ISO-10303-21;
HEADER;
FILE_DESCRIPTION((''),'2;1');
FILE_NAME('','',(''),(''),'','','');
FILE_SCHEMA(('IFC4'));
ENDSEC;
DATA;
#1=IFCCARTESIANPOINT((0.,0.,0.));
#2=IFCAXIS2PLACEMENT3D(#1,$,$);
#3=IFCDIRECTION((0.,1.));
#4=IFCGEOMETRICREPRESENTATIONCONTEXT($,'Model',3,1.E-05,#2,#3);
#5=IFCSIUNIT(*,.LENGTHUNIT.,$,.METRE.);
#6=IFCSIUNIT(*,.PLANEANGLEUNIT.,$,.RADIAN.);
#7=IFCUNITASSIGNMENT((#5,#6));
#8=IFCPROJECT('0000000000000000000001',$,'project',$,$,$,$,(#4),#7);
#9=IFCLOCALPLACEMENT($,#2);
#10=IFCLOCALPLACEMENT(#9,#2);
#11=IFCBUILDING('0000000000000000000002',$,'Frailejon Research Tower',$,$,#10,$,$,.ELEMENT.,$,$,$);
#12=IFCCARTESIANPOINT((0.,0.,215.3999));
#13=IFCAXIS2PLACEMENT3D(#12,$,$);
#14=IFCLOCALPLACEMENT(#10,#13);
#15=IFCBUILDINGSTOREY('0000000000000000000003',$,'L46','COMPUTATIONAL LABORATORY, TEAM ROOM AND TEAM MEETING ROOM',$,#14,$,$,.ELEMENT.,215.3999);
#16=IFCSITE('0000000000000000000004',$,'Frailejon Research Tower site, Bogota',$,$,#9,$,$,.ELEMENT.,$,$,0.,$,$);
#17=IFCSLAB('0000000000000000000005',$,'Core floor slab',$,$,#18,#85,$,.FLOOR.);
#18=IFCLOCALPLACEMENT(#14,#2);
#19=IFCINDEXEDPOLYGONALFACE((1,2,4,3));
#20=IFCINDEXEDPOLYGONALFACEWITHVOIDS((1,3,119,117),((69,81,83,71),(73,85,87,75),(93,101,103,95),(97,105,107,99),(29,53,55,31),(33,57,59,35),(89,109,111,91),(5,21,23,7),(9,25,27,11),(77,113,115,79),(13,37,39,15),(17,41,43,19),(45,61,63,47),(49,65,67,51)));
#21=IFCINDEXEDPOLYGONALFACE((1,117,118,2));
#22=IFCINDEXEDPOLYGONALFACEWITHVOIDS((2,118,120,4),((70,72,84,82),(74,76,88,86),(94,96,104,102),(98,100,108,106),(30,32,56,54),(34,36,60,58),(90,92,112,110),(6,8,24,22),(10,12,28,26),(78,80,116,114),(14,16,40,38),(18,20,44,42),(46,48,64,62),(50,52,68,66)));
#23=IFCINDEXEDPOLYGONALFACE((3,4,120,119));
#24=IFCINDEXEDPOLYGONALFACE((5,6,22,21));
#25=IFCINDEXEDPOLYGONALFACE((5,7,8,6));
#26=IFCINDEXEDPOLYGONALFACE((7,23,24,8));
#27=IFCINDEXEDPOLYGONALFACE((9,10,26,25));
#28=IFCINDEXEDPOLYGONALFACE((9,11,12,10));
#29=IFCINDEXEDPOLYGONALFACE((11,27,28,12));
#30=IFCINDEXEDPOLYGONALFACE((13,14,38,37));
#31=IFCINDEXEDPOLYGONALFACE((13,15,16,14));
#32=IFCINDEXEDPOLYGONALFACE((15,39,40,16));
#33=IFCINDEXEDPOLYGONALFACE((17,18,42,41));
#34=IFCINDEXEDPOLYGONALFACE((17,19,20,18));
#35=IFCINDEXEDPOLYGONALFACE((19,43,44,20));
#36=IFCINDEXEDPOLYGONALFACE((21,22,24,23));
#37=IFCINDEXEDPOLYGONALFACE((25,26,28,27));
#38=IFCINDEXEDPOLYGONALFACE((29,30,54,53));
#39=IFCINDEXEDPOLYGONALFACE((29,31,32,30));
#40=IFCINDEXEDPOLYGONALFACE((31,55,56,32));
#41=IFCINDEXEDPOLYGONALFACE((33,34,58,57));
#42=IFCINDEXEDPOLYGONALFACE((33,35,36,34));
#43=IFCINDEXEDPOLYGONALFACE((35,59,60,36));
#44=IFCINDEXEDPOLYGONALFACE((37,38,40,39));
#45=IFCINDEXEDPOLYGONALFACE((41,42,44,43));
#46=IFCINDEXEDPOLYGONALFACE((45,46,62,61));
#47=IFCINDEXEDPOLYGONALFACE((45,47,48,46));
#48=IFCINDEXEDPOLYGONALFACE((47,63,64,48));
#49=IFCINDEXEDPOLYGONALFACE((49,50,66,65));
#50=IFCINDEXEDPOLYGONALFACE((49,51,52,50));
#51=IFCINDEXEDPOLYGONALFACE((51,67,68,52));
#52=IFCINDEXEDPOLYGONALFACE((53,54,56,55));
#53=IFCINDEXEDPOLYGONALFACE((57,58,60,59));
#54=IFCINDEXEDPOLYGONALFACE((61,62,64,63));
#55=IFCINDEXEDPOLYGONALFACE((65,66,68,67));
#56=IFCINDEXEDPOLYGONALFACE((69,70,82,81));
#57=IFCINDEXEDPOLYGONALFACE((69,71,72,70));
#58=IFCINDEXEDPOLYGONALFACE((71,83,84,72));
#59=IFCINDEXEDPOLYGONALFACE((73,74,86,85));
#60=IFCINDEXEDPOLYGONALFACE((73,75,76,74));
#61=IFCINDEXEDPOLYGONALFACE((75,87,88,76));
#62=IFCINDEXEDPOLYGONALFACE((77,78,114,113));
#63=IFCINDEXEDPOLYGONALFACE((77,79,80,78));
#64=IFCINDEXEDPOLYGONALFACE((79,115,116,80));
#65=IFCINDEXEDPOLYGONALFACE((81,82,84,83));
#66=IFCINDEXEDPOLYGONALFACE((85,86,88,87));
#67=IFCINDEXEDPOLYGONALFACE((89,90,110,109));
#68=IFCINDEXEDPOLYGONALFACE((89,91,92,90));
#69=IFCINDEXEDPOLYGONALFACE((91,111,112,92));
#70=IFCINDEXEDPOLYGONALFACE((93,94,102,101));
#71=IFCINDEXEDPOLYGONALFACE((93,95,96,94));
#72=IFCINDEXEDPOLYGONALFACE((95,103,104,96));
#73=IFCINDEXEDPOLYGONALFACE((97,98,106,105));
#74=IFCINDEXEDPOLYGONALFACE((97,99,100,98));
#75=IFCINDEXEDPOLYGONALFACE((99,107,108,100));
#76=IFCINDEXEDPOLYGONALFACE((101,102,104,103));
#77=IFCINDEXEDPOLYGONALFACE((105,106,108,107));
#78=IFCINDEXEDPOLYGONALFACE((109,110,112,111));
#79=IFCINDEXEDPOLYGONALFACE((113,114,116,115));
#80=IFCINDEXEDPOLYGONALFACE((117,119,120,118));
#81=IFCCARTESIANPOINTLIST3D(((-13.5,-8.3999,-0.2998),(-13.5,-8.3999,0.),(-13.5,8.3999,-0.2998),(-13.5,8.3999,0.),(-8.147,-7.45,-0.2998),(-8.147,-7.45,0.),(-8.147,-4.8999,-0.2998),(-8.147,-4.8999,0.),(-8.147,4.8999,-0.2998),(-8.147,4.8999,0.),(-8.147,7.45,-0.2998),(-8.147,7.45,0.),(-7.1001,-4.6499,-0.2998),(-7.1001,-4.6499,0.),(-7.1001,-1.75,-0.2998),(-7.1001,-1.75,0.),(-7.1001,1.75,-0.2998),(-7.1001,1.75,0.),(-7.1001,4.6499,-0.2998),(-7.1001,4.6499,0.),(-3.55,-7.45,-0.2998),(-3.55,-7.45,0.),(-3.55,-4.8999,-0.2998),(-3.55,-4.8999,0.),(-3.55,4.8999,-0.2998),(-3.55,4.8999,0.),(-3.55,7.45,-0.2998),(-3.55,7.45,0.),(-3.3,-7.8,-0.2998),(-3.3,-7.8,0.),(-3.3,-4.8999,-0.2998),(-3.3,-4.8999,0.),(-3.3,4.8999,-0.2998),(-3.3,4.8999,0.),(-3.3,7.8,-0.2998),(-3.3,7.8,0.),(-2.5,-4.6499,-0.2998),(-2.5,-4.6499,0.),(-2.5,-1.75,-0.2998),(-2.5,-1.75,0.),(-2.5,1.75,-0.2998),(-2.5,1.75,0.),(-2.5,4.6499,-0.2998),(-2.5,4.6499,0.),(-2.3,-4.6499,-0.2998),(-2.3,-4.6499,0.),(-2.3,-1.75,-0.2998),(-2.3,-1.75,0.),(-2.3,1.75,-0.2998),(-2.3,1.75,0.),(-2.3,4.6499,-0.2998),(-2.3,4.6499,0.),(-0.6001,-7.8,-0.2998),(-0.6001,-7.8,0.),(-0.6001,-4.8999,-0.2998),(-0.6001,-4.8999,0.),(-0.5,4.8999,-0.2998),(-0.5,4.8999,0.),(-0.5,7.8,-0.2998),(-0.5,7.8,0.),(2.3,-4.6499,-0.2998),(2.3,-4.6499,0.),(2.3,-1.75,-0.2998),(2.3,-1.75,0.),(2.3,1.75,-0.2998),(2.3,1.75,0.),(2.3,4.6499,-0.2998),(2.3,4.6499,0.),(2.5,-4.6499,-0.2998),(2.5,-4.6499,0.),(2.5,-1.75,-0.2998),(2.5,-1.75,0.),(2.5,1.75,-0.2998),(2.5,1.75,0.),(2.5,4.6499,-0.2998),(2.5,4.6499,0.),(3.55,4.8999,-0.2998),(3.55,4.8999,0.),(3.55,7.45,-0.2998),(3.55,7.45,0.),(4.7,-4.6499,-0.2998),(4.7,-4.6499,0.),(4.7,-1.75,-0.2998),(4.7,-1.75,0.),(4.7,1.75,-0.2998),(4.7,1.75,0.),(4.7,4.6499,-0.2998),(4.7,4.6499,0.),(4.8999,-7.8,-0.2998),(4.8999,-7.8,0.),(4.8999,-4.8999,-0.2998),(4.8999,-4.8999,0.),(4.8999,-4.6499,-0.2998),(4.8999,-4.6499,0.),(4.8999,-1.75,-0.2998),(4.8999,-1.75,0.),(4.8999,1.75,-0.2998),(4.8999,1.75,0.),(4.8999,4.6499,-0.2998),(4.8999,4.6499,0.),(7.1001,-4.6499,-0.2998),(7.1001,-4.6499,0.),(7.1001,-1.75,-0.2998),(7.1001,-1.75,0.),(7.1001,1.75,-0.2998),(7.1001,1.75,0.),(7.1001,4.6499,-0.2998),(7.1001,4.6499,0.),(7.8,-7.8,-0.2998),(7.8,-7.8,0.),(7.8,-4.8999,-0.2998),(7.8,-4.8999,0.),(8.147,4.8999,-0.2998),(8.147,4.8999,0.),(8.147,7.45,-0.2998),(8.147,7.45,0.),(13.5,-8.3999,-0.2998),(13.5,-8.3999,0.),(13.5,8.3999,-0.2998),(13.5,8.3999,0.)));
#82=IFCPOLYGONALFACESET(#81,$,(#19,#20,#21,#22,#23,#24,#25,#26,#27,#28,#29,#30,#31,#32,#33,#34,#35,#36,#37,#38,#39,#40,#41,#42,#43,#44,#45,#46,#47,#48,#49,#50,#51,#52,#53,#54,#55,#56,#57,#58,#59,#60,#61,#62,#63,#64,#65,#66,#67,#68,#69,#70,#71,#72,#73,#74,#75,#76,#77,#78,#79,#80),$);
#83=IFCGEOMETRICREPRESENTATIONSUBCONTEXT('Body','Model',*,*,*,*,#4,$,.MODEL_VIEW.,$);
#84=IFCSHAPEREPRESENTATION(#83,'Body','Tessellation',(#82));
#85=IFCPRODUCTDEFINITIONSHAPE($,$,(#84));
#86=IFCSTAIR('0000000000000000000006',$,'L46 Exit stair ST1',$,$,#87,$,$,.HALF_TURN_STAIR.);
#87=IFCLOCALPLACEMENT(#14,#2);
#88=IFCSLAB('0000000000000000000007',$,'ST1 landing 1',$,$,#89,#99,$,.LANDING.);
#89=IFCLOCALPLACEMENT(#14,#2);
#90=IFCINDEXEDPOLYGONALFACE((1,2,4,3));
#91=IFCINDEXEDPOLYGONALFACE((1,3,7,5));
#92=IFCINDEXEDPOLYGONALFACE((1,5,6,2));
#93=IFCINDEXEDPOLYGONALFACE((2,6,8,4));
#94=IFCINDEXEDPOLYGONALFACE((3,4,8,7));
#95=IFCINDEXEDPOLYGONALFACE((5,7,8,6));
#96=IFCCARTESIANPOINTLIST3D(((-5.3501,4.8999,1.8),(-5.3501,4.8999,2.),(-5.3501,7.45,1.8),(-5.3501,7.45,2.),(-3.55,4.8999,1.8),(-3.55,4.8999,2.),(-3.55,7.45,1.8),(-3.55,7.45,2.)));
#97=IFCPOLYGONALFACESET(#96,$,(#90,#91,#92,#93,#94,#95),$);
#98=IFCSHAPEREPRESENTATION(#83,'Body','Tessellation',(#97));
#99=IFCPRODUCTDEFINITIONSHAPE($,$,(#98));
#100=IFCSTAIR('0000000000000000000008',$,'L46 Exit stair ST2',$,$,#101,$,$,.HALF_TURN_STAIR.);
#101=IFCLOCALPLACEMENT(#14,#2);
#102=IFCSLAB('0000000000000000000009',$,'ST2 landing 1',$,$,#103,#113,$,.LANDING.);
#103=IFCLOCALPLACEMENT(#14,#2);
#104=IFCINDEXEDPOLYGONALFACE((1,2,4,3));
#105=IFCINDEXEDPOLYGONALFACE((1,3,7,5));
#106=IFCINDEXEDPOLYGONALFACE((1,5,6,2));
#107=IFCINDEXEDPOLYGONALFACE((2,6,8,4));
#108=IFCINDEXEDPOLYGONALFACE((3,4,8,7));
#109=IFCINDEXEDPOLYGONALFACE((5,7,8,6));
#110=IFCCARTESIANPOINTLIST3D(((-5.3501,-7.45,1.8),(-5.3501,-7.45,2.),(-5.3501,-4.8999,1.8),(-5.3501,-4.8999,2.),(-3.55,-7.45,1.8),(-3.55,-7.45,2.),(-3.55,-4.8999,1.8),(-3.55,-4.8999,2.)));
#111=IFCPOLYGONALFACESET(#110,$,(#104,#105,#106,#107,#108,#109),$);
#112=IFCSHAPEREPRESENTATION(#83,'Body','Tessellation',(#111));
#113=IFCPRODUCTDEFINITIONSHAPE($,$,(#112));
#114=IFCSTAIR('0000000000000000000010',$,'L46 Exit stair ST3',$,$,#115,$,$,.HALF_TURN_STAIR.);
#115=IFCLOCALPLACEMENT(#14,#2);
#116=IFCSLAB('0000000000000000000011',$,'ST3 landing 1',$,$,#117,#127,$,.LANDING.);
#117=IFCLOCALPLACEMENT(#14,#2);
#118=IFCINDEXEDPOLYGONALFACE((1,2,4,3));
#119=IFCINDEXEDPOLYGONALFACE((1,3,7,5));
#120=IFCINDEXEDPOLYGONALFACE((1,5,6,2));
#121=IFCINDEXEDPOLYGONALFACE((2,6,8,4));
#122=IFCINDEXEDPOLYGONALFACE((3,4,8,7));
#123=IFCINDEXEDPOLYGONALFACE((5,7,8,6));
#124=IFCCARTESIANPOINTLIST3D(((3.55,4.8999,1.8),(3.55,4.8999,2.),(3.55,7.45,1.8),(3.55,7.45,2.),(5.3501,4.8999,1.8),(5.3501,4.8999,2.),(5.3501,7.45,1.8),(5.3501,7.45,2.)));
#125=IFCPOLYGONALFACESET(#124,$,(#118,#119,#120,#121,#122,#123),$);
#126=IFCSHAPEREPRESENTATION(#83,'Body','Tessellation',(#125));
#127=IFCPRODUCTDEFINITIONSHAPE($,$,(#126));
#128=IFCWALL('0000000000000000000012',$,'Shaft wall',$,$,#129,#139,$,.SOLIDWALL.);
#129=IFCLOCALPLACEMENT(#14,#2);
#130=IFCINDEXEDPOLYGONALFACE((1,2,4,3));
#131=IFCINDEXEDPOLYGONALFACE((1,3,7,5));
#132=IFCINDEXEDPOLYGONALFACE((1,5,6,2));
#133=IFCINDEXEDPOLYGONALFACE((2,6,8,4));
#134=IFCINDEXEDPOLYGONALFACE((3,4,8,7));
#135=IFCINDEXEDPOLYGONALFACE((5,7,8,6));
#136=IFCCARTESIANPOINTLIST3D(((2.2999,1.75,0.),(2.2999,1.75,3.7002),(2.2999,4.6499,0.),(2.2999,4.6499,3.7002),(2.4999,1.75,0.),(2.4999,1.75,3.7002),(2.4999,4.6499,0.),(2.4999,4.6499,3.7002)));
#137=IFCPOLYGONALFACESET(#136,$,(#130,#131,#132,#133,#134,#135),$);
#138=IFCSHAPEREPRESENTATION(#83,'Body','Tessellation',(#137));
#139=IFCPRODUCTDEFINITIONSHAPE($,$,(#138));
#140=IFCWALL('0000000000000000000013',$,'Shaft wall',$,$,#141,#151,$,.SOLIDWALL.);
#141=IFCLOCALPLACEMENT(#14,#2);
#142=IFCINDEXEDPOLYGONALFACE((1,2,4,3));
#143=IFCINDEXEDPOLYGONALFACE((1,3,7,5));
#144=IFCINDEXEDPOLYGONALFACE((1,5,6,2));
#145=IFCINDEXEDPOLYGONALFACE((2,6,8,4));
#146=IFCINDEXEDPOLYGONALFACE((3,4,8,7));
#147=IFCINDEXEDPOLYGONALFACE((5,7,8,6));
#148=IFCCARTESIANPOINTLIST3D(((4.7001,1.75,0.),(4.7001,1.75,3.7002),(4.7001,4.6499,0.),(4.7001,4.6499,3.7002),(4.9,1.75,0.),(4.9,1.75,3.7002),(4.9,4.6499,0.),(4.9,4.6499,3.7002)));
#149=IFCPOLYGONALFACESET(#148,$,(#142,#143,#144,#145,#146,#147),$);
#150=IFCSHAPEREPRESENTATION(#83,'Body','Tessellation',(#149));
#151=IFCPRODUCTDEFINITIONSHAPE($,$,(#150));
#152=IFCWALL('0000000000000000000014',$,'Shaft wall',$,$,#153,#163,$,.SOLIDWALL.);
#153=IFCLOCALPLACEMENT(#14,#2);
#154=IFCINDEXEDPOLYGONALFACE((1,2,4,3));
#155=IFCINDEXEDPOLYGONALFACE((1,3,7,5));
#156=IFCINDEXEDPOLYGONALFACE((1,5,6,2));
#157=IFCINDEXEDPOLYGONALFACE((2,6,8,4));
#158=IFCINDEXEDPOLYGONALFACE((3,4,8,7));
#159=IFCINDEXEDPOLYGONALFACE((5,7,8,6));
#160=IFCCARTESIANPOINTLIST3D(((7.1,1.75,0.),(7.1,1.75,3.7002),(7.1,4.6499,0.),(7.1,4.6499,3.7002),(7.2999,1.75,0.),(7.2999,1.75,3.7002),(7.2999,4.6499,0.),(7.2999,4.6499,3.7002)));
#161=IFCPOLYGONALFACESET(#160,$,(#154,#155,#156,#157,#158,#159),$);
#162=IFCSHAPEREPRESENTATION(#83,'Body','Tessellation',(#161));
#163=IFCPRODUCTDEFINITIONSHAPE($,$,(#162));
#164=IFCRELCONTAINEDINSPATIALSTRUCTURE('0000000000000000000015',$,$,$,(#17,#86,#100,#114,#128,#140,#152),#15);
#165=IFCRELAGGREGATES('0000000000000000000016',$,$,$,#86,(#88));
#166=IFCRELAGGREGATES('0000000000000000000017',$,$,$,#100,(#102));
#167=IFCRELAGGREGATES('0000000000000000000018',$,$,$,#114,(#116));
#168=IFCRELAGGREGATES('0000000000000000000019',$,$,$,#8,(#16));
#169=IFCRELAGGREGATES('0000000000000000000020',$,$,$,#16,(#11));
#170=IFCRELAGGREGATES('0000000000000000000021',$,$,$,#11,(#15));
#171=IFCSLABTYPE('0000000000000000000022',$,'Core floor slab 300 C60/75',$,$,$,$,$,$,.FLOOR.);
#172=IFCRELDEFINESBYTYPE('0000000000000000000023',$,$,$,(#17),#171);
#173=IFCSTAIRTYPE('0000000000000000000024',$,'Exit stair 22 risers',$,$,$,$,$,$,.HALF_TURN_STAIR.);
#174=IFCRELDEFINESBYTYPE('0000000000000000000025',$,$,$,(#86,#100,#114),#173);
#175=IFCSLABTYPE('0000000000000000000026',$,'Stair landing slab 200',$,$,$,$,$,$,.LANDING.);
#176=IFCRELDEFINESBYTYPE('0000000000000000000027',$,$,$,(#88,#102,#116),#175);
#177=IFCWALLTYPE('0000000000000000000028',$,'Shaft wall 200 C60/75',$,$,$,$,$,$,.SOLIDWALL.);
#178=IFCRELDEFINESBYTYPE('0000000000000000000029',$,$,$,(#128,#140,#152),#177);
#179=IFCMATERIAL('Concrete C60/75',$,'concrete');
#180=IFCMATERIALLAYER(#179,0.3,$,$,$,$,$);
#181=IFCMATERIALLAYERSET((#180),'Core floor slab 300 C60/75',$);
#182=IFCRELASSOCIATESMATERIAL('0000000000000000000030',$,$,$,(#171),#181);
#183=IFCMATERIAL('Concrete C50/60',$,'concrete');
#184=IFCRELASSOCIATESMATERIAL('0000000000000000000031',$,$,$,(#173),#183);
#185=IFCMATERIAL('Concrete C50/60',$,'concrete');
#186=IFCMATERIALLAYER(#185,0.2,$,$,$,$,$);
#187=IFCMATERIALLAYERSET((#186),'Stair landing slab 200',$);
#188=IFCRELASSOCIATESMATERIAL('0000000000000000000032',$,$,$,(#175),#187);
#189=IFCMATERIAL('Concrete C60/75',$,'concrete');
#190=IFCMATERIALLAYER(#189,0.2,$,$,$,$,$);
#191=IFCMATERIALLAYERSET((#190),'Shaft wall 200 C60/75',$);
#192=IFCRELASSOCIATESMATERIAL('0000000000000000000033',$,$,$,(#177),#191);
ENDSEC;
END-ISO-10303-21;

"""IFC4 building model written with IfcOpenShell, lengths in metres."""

from ifc_helpers import new_model, si_unit, direction, frame, frame_2d, origin, place, context, subcontext, project, spatial, polyline, rectangle, outline, extrude, material, layer, layer_set, type_object, element, aggregate, save


model = new_model("IFC4")

# Units and contexts
model_context = context("Model", 3, precision=1e-05, world=origin(), true_north=direction((0.0, 1.0)))
body_context = subcontext(model_context, "Body", "Model", "MODEL_VIEW")
ifc_project = project(units=[si_unit("LENGTHUNIT", "METRE"), si_unit("PLANEANGLEUNIT", "RADIAN")], contexts=[model_context])

# Site, building, storey
site_placement = place(None, origin())
site = spatial("IfcSite", under=ifc_project, at=site_placement, Name="Frailejon Research Tower site, Bogota", CompositionType="ELEMENT", RefElevation=0.0)
building_placement = place(site_placement, origin())
building = spatial("IfcBuilding", under=site, at=building_placement, Name="Frailejon Research Tower", CompositionType="ELEMENT")
storey_placement = place(building_placement, frame((0.0, 0.0, 215.3999)))
storey = spatial("IfcBuildingStorey", under=building, at=storey_placement, Name="L46", Description="COMPUTATIONAL LABORATORY, TEAM ROOM AND TEAM MEETING ROOM", CompositionType="ELEMENT", Elevation=215.3999)

# Slab
ifc_material_1 = material(Name="Concrete C60/75", Category="concrete")
ifc_layer_1 = layer(ifc_material_1, 0.3)
ifc_layer_set_1 = layer_set([ifc_layer_1], Name="Core floor slab 300 C60/75")
slab_type_1 = type_object("IfcSlabType", Name="Core floor slab 300 C60/75", PredefinedType="FLOOR", material=ifc_layer_set_1)
slab_1_placement = place(storey_placement, frame((0.0, 0.0, -0.2998)))
element("IfcSlab", 1, at=slab_1_placement, inside=storey, type_object=slab_type_1, Name="Core floor slab", PredefinedType="FLOOR", context=body_context, shape_type="SweptSolid", body=[
    extrude(outline(polyline([(13.5, -8.3999), (13.5, 8.3999), (-13.5, 8.3999), (-13.5, -8.3999), (13.5, -8.3999)]), holes=[polyline([(-2.5, 1.75), (-2.5, 4.6499), (-7.1001, 4.6499), (-7.1001, 1.75), (-2.5, 1.75)]), polyline([(2.3, 1.75), (2.3, 4.6499), (-2.3, 4.6499), (-2.3, 1.75), (2.3, 1.75)]), polyline([(4.7, 1.75), (4.7, 4.6499), (2.5, 4.6499), (2.5, 1.75), (4.7, 1.75)]), polyline([(7.1001, 1.75), (7.1001, 4.6499), (4.8999, 4.6499), (4.8999, 1.75), (7.1001, 1.75)]), polyline([(-2.5, -4.6499), (-2.5, -1.75), (-7.1001, -1.75), (-7.1001, -4.6499), (-2.5, -4.6499)]), polyline([(2.3, -4.6499), (2.3, -1.75), (-2.3, -1.75), (-2.3, -4.6499), (2.3, -4.6499)]), polyline([(4.7, -4.6499), (4.7, -1.75), (2.5, -1.75), (2.5, -4.6499), (4.7, -4.6499)]), polyline([(7.1001, -4.6499), (7.1001, -1.75), (4.8999, -1.75), (4.8999, -4.6499), (7.1001, -4.6499)]), polyline([(-8.147, 4.8999), (-3.55, 4.8999), (-3.55, 7.45), (-8.147, 7.45), (-8.147, 4.8999)]), polyline([(-8.147, -7.45), (-3.55, -7.45), (-3.55, -4.8999), (-8.147, -4.8999), (-8.147, -7.45)]), polyline([(8.147, 7.45), (3.55, 7.45), (3.55, 4.8999), (8.147, 4.8999), (8.147, 7.45)]), polyline([(-0.6001, -7.8), (-0.6001, -4.8999), (-3.3, -4.8999), (-3.3, -7.8), (-0.6001, -7.8)]), polyline([(7.8, -7.8), (7.8, -4.8999), (4.8999, -4.8999), (4.8999, -7.8), (7.8, -7.8)]), polyline([(-0.5, 4.8999), (-0.5, 7.8), (-3.3, 7.8), (-3.3, 4.8999), (-0.5, 4.8999)])]), origin(), (0.0, 0.0, 1.0), 0.2998),
])

# Stairs, slabs
ifc_material_2 = material(Name="Concrete C50/60", Category="concrete")
stair_type = type_object("IfcStairType", Name="Exit stair 22 risers", PredefinedType="HALF_TURN_STAIR", material=ifc_material_2)
stair_1_placement = place(storey_placement, origin())
stair_1 = element("IfcStair", 2, at=stair_1_placement, inside=storey, type_object=stair_type, Name="L46 Exit stair ST1", PredefinedType="HALF_TURN_STAIR")
ifc_material_3 = material(Name="Concrete C50/60", Category="concrete")
ifc_layer_2 = layer(ifc_material_3, 0.2)
ifc_layer_set_2 = layer_set([ifc_layer_2], Name="Stair landing slab 200")
slab_type_2 = type_object("IfcSlabType", Name="Stair landing slab 200", PredefinedType="LANDING", material=ifc_layer_set_2)
slab_2_placement = place(storey_placement, frame((0.0, 0.0, 1.8)))
slab_2 = element("IfcSlab", 3, at=slab_2_placement, type_object=slab_type_2, Name="ST1 landing 1", PredefinedType="LANDING", context=body_context, shape_type="SweptSolid", body=[
    extrude(outline(polyline([(-5.3501, 4.8999), (-3.55, 4.8999), (-3.55, 7.45), (-5.3501, 7.45), (-5.3501, 4.8999)])), origin(), (0.0, 0.0, 1.0), 0.2),
])
aggregate(stair_1, [slab_2])
stair_2_placement = place(storey_placement, origin())
stair_2 = element("IfcStair", 4, at=stair_2_placement, inside=storey, type_object=stair_type, Name="L46 Exit stair ST2", PredefinedType="HALF_TURN_STAIR")
slab_3_placement = place(storey_placement, frame((0.0, 0.0, 1.8)))
slab_3 = element("IfcSlab", 5, at=slab_3_placement, type_object=slab_type_2, Name="ST2 landing 1", PredefinedType="LANDING", context=body_context, shape_type="SweptSolid", body=[
    extrude(outline(polyline([(-5.3501, -7.45), (-3.55, -7.45), (-3.55, -4.8999), (-5.3501, -4.8999), (-5.3501, -7.45)])), origin(), (0.0, 0.0, 1.0), 0.2),
])
aggregate(stair_2, [slab_3])
stair_3_placement = place(storey_placement, origin())
stair_3 = element("IfcStair", 6, at=stair_3_placement, inside=storey, type_object=stair_type, Name="L46 Exit stair ST3", PredefinedType="HALF_TURN_STAIR")
slab_4_placement = place(storey_placement, frame((0.0, 0.0, 1.8)))
slab_4 = element("IfcSlab", 7, at=slab_4_placement, type_object=slab_type_2, Name="ST3 landing 1", PredefinedType="LANDING", context=body_context, shape_type="SweptSolid", body=[
    extrude(outline(polyline([(5.3501, 7.45), (3.55, 7.45), (3.55, 4.8999), (5.3501, 4.8999), (5.3501, 7.45)])), origin(), (0.0, 0.0, 1.0), 0.2),
])

# Walls
ifc_material_4 = material(Name="Concrete C60/75", Category="concrete")
ifc_layer_3 = layer(ifc_material_4, 0.2)
ifc_layer_set_3 = layer_set([ifc_layer_3], Name="Shaft wall 200 C60/75")
wall_type_1 = type_object("IfcWallType", Name="Shaft wall 200 C60/75", PredefinedType="SOLIDWALL", material=ifc_layer_set_3)
for number, where, z_axis, x_axis, name in (
    (8, (2.3999, 1.75, 0.0), (0.0, 0.0, 1.0), (0.0, 1.0, 0.0), "Shaft wall"),
    (9, (4.8, 1.75, 0.0), (0.0, 0.0, 1.0), (0.0, 1.0, 0.0), "Shaft wall"),
    (10, (7.2, 1.75, 0.0), (0.0, 0.0, 1.0), (0.0, 1.0, 0.0), "Shaft wall"),
):
    element("IfcWall", number, at=place(storey_placement, frame(where, z_axis=z_axis, x_axis=x_axis)), inside=storey, type_object=wall_type_1, Name=name, PredefinedType="SOLIDWALL", context=body_context, shape_type="SweptSolid", body=[
        extrude(rectangle(XDim=2.8999, YDim=0.2, at=frame_2d((1.45, 0.0))), origin(), (0.0, 0.0, 1.0), 3.7002),
    ])

aggregate(stair_3, [slab_4])

save(model, "model.ifc")
